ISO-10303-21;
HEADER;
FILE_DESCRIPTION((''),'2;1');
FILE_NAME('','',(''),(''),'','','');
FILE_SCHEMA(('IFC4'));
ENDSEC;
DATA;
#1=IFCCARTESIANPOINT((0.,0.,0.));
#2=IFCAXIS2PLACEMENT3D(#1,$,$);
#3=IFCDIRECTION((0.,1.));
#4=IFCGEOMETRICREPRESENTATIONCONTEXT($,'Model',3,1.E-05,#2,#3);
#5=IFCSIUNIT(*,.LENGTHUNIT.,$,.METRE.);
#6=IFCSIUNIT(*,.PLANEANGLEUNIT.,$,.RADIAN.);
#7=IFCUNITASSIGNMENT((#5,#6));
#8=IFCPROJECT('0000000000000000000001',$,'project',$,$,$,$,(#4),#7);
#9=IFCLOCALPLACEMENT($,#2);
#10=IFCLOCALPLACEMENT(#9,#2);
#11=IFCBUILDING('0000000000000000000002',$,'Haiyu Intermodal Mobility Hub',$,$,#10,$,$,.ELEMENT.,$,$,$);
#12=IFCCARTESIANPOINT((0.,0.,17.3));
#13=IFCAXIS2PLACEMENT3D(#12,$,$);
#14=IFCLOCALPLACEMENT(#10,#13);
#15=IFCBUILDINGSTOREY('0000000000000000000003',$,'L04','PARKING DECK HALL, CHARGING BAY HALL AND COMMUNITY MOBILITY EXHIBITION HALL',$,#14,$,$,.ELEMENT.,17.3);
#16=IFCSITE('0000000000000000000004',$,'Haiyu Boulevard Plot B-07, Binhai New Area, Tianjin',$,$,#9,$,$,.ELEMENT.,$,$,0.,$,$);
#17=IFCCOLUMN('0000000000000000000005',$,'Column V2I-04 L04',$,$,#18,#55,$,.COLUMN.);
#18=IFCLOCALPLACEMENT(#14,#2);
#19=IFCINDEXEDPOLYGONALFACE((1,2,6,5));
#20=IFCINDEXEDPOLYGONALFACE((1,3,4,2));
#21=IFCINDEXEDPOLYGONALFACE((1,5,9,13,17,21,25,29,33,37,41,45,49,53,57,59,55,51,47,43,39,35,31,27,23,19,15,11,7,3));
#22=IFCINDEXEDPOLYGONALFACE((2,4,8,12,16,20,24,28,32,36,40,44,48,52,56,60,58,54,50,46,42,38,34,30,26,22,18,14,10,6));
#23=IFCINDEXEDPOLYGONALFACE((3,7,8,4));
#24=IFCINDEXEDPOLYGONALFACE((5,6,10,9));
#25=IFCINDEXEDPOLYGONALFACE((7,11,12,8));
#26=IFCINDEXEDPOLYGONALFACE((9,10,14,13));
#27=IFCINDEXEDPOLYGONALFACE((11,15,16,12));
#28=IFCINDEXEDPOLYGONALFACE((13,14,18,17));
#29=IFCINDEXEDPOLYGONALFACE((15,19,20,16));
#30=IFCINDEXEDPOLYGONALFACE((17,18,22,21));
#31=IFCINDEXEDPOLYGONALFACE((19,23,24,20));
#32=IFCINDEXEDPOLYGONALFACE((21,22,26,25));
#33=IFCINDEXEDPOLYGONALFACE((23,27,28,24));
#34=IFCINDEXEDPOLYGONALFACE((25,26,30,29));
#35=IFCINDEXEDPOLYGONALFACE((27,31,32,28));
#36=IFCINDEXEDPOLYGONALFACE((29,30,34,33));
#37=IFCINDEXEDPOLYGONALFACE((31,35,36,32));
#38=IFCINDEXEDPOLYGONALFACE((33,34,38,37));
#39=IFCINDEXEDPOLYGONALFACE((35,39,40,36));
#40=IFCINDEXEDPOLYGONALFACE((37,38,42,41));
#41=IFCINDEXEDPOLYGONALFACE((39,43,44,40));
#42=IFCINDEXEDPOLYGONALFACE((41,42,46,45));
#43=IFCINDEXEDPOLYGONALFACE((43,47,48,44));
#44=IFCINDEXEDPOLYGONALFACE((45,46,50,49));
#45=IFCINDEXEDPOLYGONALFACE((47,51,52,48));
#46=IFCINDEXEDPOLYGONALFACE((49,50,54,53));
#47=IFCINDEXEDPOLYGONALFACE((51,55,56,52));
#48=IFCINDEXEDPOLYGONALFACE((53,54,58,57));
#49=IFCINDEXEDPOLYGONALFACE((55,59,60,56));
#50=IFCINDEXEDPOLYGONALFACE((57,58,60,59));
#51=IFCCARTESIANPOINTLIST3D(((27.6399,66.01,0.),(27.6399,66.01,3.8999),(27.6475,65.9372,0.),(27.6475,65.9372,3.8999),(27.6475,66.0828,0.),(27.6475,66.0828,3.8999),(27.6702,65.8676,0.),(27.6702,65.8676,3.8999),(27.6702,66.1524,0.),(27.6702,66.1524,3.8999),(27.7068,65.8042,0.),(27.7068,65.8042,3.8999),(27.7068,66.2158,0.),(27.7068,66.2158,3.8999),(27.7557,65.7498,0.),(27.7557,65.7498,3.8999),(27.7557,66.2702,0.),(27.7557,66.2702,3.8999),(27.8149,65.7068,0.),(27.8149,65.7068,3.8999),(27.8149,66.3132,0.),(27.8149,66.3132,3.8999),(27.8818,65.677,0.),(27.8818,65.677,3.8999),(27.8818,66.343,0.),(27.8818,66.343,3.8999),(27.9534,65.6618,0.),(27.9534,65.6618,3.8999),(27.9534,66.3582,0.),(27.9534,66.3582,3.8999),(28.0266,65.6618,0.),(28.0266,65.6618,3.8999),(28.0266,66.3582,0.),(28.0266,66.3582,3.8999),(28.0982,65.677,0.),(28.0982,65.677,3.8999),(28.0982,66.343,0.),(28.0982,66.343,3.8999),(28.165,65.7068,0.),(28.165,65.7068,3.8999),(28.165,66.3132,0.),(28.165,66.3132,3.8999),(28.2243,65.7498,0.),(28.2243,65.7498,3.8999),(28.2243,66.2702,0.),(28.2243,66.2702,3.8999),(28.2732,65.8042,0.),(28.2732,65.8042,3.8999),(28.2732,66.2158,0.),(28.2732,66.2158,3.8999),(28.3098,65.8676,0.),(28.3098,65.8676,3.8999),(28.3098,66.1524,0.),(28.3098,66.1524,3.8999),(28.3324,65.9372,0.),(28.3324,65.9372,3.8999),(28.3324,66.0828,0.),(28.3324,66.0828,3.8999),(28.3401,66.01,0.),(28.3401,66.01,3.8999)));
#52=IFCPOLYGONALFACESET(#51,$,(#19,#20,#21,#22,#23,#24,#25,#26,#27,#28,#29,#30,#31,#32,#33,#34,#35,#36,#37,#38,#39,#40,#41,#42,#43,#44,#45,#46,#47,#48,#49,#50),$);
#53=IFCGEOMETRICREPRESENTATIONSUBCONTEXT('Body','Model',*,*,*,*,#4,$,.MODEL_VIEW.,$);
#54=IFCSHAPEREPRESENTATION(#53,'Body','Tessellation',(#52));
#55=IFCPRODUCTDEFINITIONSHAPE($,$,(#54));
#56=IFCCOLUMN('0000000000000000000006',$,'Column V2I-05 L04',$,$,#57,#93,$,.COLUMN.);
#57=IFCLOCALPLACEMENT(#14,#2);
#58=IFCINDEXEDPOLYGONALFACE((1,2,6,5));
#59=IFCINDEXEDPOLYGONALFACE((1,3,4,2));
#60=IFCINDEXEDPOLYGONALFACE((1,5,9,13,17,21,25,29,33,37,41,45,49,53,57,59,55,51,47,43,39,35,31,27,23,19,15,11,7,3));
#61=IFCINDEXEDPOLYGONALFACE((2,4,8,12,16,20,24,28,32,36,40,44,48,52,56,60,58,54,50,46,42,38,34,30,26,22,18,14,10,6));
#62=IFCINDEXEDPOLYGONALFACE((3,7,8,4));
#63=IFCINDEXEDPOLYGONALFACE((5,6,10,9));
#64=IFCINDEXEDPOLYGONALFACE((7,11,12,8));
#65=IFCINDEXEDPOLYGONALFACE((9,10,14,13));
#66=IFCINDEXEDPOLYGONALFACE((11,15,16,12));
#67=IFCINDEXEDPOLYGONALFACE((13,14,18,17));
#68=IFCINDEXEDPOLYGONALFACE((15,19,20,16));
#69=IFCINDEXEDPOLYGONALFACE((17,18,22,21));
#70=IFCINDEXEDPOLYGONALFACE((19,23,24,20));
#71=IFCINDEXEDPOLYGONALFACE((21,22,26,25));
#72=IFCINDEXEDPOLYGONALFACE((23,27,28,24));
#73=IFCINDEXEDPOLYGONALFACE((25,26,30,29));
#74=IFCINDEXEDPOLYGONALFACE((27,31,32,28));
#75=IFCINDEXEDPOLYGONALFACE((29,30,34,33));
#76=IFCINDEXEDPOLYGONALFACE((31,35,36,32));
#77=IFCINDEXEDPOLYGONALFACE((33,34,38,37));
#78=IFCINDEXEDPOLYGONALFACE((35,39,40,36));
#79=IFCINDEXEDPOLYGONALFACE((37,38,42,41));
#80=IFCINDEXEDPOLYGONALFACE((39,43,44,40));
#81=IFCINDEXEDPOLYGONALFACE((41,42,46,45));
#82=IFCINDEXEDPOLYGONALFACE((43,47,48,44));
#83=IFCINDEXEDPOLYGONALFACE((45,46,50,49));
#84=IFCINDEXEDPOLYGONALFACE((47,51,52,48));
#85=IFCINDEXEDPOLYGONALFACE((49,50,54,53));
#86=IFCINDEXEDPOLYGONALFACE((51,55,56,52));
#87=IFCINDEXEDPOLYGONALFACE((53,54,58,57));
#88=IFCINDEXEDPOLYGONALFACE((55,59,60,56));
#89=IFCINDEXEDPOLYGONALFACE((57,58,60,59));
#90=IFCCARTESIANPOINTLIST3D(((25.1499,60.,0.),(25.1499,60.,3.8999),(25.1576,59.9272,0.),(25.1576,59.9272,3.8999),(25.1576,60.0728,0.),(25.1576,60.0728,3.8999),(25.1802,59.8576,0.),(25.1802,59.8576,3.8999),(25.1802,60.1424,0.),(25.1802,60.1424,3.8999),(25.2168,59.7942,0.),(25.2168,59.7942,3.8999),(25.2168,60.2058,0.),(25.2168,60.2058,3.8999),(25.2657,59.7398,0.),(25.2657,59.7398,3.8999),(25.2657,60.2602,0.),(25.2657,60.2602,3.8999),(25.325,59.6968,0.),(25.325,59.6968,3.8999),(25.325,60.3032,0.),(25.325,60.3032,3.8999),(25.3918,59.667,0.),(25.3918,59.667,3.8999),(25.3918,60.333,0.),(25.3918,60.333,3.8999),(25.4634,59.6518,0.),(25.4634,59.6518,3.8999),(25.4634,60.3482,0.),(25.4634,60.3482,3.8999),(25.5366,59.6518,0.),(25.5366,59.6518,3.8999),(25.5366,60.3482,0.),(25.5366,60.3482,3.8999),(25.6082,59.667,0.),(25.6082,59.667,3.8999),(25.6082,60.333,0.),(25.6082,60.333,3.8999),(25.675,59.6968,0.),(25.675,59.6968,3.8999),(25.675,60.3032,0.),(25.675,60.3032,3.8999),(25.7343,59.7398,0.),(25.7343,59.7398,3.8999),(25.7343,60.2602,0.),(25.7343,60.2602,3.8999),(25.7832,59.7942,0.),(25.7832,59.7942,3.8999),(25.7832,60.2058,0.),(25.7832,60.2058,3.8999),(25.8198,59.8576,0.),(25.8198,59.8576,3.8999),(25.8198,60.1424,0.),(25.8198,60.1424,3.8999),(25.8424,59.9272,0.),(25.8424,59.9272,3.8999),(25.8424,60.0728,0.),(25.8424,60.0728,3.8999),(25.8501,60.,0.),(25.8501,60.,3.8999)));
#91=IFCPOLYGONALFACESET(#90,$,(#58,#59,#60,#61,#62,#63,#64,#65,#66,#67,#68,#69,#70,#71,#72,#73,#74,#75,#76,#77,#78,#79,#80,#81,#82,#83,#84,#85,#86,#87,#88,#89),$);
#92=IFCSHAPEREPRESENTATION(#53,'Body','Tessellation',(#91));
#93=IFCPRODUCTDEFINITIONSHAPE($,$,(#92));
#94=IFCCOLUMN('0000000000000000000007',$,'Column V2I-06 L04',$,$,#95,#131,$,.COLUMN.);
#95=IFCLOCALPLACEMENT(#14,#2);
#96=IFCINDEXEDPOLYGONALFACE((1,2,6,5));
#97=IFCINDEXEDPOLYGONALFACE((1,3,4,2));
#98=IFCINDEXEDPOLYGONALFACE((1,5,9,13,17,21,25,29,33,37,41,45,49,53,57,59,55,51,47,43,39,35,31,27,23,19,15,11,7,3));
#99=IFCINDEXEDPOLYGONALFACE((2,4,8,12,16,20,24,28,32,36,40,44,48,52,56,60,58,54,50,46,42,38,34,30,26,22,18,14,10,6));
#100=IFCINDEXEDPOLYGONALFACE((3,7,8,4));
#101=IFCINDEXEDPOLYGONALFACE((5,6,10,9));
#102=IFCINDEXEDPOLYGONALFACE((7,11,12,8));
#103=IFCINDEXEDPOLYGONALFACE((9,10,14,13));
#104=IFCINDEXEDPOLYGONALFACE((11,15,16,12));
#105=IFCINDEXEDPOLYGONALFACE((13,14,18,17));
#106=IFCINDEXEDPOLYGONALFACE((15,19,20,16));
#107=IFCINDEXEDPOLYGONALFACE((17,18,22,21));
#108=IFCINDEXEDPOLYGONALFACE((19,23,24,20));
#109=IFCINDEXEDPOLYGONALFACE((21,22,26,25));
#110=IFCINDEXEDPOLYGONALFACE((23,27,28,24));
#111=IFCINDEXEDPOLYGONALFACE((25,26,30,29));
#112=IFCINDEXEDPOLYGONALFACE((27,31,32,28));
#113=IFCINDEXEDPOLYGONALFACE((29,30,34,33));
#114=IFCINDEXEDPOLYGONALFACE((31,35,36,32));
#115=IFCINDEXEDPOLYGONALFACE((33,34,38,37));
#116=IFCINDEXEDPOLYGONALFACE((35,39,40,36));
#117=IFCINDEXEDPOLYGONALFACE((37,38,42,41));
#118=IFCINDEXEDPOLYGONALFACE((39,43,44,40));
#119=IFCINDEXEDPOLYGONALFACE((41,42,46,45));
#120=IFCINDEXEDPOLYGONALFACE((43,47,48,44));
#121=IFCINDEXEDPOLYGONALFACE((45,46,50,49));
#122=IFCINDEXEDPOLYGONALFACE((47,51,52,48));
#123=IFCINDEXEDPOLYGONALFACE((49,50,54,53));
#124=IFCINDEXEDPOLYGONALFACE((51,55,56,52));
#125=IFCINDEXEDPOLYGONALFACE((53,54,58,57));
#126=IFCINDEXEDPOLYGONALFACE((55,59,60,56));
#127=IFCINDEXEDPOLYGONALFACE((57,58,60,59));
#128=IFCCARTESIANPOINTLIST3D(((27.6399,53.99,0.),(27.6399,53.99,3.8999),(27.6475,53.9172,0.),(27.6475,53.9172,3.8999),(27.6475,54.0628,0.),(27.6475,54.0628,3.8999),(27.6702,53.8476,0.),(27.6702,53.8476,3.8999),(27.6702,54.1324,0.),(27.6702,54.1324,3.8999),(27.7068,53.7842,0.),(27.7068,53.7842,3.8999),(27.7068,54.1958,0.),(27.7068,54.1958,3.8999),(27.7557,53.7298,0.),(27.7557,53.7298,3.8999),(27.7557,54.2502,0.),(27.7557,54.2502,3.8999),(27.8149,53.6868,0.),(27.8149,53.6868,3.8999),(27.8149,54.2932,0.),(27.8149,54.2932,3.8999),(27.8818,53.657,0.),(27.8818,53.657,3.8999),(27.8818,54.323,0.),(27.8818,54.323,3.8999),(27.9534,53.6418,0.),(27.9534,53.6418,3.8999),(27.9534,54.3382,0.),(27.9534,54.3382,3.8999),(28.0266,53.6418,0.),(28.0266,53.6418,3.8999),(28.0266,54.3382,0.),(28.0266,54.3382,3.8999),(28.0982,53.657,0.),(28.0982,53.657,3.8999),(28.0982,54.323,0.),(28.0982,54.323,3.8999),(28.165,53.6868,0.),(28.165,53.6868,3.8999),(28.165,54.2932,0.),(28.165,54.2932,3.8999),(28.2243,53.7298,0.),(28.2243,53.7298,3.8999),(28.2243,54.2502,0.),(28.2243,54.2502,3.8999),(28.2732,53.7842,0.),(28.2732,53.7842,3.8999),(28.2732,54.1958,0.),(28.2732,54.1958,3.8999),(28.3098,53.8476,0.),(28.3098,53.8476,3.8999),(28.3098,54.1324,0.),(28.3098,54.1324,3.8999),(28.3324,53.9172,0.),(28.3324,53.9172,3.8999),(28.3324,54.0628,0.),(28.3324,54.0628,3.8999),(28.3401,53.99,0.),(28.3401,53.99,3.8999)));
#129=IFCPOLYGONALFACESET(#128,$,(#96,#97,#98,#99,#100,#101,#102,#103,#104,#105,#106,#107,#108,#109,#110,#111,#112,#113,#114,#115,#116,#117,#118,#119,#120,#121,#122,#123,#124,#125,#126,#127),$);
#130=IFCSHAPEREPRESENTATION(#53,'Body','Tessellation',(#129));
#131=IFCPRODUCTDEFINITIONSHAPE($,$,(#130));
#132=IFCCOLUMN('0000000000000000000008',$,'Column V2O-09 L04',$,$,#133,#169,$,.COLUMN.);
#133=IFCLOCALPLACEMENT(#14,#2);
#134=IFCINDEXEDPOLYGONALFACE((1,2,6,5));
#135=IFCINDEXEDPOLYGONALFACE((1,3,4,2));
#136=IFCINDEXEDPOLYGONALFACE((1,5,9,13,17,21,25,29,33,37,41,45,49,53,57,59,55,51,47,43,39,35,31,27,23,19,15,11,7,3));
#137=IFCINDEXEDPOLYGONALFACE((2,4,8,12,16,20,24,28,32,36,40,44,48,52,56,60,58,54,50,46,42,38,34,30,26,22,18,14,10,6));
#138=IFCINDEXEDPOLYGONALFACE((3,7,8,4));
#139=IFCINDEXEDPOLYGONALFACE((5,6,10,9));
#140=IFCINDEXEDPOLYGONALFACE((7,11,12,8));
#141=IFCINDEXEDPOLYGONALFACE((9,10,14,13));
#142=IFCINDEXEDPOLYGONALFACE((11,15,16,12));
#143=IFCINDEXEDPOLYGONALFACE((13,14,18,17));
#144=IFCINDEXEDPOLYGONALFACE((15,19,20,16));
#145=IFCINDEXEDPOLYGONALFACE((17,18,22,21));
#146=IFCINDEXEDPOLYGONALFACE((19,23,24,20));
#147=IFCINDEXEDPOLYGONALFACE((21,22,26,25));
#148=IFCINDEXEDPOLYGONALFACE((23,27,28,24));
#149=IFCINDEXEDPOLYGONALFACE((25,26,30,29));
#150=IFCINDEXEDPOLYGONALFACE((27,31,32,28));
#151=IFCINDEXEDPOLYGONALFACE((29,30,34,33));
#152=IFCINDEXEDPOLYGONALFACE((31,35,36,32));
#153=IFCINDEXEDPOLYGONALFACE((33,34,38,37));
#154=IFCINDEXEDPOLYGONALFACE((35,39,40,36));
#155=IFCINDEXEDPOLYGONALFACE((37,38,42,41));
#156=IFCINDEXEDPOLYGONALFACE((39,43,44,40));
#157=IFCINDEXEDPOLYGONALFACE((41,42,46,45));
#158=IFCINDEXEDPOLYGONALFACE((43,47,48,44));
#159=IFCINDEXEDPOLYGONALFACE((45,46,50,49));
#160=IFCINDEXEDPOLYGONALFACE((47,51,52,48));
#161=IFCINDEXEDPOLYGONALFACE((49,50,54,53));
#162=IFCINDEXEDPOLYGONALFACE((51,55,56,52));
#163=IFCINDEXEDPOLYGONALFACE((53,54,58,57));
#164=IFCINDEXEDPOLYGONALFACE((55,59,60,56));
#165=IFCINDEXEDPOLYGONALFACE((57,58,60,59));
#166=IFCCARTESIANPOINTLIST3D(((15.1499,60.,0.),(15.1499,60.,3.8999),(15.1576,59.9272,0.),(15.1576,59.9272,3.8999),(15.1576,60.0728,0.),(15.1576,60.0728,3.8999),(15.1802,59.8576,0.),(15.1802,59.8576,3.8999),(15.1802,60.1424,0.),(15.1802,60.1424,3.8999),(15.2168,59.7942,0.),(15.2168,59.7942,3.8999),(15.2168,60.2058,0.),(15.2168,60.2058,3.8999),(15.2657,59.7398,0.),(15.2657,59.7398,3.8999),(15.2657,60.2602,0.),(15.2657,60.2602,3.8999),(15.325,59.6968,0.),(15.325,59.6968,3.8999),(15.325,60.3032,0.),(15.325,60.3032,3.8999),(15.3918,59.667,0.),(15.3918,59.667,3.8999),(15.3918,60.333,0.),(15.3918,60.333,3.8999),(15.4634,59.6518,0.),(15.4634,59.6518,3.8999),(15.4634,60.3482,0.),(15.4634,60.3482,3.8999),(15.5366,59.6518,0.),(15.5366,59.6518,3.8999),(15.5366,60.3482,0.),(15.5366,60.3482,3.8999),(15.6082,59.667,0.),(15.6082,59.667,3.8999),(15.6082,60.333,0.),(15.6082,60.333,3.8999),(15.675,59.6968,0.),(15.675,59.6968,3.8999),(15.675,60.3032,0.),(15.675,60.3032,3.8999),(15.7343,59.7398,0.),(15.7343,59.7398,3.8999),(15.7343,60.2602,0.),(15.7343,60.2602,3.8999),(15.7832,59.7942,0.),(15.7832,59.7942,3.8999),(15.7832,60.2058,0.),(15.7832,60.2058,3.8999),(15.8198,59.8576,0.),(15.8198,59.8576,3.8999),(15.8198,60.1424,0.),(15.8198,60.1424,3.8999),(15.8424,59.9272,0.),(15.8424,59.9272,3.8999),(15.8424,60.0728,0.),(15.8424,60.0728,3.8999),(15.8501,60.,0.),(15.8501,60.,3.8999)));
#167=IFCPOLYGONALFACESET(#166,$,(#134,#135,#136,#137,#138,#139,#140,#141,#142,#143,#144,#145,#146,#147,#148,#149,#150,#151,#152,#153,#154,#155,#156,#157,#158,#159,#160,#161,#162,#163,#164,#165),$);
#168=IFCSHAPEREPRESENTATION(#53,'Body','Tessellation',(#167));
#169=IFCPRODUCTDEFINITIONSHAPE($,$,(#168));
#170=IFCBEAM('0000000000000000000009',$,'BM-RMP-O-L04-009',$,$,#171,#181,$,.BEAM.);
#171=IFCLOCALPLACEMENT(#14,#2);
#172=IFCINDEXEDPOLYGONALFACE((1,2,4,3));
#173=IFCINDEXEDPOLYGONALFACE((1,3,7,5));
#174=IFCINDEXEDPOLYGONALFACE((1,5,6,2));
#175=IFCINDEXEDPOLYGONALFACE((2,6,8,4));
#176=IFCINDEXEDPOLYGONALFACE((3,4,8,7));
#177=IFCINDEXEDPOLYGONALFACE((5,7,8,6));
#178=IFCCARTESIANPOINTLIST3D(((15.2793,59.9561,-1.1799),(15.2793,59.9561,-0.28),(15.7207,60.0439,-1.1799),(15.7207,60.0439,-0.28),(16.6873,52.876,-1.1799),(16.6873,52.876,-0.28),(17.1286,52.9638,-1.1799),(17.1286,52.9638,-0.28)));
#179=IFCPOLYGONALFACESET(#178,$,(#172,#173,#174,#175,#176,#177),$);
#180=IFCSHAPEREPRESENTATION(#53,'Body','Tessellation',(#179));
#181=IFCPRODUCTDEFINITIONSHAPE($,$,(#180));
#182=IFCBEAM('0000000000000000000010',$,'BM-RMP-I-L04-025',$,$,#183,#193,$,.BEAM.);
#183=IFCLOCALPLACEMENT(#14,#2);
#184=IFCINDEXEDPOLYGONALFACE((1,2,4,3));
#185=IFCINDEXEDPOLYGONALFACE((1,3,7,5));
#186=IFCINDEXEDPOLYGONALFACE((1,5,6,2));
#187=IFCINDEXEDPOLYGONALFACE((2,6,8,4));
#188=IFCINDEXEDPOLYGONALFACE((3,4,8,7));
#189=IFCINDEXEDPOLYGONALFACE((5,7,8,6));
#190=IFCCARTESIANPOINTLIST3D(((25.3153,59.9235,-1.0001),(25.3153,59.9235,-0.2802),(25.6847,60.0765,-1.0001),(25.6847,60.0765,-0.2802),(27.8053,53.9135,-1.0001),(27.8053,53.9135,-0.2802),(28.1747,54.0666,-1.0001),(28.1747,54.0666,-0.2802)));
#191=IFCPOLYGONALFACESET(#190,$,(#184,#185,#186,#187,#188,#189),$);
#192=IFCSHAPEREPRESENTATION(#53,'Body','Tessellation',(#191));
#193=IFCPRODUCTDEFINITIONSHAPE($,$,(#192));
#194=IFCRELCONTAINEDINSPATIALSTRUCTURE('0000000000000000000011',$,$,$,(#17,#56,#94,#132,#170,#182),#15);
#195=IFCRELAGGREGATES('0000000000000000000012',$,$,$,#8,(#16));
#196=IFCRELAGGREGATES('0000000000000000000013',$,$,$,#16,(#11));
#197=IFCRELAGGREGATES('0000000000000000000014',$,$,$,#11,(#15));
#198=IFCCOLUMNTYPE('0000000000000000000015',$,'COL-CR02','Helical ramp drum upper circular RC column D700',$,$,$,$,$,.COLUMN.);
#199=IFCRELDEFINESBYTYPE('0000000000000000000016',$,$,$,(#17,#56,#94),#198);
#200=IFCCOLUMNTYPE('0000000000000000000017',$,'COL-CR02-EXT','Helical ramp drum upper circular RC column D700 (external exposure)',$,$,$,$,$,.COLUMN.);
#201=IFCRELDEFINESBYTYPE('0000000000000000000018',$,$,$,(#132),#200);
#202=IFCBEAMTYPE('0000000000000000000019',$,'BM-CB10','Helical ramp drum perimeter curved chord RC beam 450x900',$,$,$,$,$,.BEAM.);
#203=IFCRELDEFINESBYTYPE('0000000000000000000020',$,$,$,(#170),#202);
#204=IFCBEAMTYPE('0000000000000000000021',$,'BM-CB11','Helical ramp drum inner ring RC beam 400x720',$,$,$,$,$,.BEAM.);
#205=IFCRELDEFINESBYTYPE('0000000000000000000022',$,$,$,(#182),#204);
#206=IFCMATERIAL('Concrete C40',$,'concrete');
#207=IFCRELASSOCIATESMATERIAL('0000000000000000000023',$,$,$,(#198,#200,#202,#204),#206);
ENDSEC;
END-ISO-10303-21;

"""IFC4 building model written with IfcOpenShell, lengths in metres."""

from ifc_helpers import new_model, si_unit, direction, frame, origin, origin_2d, place, context, subcontext, project, spatial, rectangle, circle, extrude, material, material_profile, profile_set, type_object, element, save


model = new_model("IFC4")

# Units and contexts
model_context = context("Model", 3, precision=1e-05, world=origin(), true_north=direction((0.0, 1.0)))
body_context = subcontext(model_context, "Body", "Model", "MODEL_VIEW")
ifc_project = project(units=[si_unit("LENGTHUNIT", "METRE"), si_unit("PLANEANGLEUNIT", "RADIAN")], contexts=[model_context])

# Site, building, storey
site_placement = place(None, origin())
site = spatial("IfcSite", under=ifc_project, at=site_placement, Name="Haiyu Boulevard Plot B-07, Binhai New Area, Tianjin", CompositionType="ELEMENT", RefElevation=0.0)
building_placement = place(site_placement, origin())
building = spatial("IfcBuilding", under=site, at=building_placement, Name="Haiyu Intermodal Mobility Hub", CompositionType="ELEMENT")
storey_placement = place(building_placement, frame((0.0, 0.0, 17.3)))
storey = spatial("IfcBuildingStorey", under=building, at=storey_placement, Name="L04", Description="PARKING DECK HALL, CHARGING BAY HALL AND COMMUNITY MOBILITY EXHIBITION HALL", CompositionType="ELEMENT", Elevation=17.3)

# Columns
ifc_material_1 = material(Name="Concrete C40", Category="concrete")
ifc_material_profile_1 = material_profile(ifc_material_1, circle(Radius=0.3501, at=origin_2d()), Name="RCCOL-D700")
ifc_profile_set_1 = profile_set([ifc_material_profile_1], Name="Concrete C40")
column_type_1 = type_object("IfcColumnType", Name="COL-CR02", Description="Helical ramp drum upper circular RC column D700", PredefinedType="COLUMN", material=ifc_profile_set_1)
for number, where, z_axis, x_axis, name in (
    (1, (27.99, 66.01, 0.0), (0.0, 0.0, 1.0), (1.0, 0.0, 0.0), "Column V2I-04 L04"),
    (2, (25.5, 60.0, 0.0), (0.0, 0.0, 1.0), (1.0, 0.0, 0.0), "Column V2I-05 L04"),
    (3, (27.99, 53.99, 0.0), (0.0, 0.0, 1.0), (1.0, 0.0, 0.0), "Column V2I-06 L04"),
):
    element("IfcColumn", number, at=place(storey_placement, frame(where, z_axis=z_axis, x_axis=x_axis)), inside=storey, type_object=column_type_1, Name=name, PredefinedType="COLUMN", context=body_context, shape_type="SweptSolid", body=[
        extrude(circle(Radius=0.3501, at=origin_2d()), origin(), (0.0, 0.0, 1.0), 3.8999),
    ])
ifc_material_profile_2 = material_profile(ifc_material_1, circle(Radius=0.3501, at=origin_2d()), Name="RCCOL-D700")
ifc_profile_set_2 = profile_set([ifc_material_profile_2], Name="Concrete C40")
column_type_2 = type_object("IfcColumnType", Name="COL-CR02-EXT", Description="Helical ramp drum upper circular RC column D700 (external exposure)", PredefinedType="COLUMN", material=ifc_profile_set_2)
column_placement = place(storey_placement, frame((15.5, 60.0, 0.0), z_axis=(0.0, 0.0, 1.0), x_axis=(1.0, 0.0, 0.0)))
element("IfcColumn", 4, at=column_placement, inside=storey, type_object=column_type_2, Name="Column V2O-09 L04", PredefinedType="COLUMN", context=body_context, shape_type="SweptSolid", body=[
    extrude(circle(Radius=0.3501, at=origin_2d()), origin(), (0.0, 0.0, 1.0), 3.8999),
])

# Beams
ifc_material_profile_3 = material_profile(ifc_material_1, rectangle(XDim=0.45, YDim=0.8999, at=origin_2d()), Name="RCB450x900")
ifc_profile_set_3 = profile_set([ifc_material_profile_3], Name="Concrete C40")
beam_type_1 = type_object("IfcBeamType", Name="BM-CB10", Description="Helical ramp drum perimeter curved chord RC beam 450x900", PredefinedType="BEAM", material=ifc_profile_set_3)
beam_1_placement = place(storey_placement, frame((15.5, 60.0, -0.73), z_axis=(0.195043, -0.980795, 0.0), x_axis=(0.980795, 0.195043, 0.0)))
element("IfcBeam", 5, at=beam_1_placement, inside=storey, type_object=beam_type_1, Name="BM-RMP-O-L04-009", PredefinedType="BEAM", context=body_context, shape_type="SweptSolid", body=[
    extrude(rectangle(XDim=0.45, YDim=0.8999, at=origin_2d()), origin(), (0.0, 0.0, 1.0), 7.2188),
])
ifc_material_profile_4 = material_profile(ifc_material_1, rectangle(XDim=0.3999, YDim=0.72, at=origin_2d()), Name="RCB400x720")
ifc_profile_set_4 = profile_set([ifc_material_profile_4], Name="Concrete C40")
beam_type_2 = type_object("IfcBeamType", Name="BM-CB11", Description="Helical ramp drum inner ring RC beam 400x720", PredefinedType="BEAM", material=ifc_profile_set_4)
beam_2_placement = place(storey_placement, frame((25.5, 60.0, -0.6401), z_axis=(0.382757, -0.923849, 0.0), x_axis=(0.923849, 0.382757, 0.0)))
element("IfcBeam", 6, at=beam_2_placement, inside=storey, type_object=beam_type_2, Name="BM-RMP-I-L04-025", PredefinedType="BEAM", context=body_context, shape_type="SweptSolid", body=[
    extrude(rectangle(XDim=0.3999, YDim=0.72, at=origin_2d()), origin(), (0.0, 0.0, 1.0), 6.5054),
])

save(model, "model.ifc")
